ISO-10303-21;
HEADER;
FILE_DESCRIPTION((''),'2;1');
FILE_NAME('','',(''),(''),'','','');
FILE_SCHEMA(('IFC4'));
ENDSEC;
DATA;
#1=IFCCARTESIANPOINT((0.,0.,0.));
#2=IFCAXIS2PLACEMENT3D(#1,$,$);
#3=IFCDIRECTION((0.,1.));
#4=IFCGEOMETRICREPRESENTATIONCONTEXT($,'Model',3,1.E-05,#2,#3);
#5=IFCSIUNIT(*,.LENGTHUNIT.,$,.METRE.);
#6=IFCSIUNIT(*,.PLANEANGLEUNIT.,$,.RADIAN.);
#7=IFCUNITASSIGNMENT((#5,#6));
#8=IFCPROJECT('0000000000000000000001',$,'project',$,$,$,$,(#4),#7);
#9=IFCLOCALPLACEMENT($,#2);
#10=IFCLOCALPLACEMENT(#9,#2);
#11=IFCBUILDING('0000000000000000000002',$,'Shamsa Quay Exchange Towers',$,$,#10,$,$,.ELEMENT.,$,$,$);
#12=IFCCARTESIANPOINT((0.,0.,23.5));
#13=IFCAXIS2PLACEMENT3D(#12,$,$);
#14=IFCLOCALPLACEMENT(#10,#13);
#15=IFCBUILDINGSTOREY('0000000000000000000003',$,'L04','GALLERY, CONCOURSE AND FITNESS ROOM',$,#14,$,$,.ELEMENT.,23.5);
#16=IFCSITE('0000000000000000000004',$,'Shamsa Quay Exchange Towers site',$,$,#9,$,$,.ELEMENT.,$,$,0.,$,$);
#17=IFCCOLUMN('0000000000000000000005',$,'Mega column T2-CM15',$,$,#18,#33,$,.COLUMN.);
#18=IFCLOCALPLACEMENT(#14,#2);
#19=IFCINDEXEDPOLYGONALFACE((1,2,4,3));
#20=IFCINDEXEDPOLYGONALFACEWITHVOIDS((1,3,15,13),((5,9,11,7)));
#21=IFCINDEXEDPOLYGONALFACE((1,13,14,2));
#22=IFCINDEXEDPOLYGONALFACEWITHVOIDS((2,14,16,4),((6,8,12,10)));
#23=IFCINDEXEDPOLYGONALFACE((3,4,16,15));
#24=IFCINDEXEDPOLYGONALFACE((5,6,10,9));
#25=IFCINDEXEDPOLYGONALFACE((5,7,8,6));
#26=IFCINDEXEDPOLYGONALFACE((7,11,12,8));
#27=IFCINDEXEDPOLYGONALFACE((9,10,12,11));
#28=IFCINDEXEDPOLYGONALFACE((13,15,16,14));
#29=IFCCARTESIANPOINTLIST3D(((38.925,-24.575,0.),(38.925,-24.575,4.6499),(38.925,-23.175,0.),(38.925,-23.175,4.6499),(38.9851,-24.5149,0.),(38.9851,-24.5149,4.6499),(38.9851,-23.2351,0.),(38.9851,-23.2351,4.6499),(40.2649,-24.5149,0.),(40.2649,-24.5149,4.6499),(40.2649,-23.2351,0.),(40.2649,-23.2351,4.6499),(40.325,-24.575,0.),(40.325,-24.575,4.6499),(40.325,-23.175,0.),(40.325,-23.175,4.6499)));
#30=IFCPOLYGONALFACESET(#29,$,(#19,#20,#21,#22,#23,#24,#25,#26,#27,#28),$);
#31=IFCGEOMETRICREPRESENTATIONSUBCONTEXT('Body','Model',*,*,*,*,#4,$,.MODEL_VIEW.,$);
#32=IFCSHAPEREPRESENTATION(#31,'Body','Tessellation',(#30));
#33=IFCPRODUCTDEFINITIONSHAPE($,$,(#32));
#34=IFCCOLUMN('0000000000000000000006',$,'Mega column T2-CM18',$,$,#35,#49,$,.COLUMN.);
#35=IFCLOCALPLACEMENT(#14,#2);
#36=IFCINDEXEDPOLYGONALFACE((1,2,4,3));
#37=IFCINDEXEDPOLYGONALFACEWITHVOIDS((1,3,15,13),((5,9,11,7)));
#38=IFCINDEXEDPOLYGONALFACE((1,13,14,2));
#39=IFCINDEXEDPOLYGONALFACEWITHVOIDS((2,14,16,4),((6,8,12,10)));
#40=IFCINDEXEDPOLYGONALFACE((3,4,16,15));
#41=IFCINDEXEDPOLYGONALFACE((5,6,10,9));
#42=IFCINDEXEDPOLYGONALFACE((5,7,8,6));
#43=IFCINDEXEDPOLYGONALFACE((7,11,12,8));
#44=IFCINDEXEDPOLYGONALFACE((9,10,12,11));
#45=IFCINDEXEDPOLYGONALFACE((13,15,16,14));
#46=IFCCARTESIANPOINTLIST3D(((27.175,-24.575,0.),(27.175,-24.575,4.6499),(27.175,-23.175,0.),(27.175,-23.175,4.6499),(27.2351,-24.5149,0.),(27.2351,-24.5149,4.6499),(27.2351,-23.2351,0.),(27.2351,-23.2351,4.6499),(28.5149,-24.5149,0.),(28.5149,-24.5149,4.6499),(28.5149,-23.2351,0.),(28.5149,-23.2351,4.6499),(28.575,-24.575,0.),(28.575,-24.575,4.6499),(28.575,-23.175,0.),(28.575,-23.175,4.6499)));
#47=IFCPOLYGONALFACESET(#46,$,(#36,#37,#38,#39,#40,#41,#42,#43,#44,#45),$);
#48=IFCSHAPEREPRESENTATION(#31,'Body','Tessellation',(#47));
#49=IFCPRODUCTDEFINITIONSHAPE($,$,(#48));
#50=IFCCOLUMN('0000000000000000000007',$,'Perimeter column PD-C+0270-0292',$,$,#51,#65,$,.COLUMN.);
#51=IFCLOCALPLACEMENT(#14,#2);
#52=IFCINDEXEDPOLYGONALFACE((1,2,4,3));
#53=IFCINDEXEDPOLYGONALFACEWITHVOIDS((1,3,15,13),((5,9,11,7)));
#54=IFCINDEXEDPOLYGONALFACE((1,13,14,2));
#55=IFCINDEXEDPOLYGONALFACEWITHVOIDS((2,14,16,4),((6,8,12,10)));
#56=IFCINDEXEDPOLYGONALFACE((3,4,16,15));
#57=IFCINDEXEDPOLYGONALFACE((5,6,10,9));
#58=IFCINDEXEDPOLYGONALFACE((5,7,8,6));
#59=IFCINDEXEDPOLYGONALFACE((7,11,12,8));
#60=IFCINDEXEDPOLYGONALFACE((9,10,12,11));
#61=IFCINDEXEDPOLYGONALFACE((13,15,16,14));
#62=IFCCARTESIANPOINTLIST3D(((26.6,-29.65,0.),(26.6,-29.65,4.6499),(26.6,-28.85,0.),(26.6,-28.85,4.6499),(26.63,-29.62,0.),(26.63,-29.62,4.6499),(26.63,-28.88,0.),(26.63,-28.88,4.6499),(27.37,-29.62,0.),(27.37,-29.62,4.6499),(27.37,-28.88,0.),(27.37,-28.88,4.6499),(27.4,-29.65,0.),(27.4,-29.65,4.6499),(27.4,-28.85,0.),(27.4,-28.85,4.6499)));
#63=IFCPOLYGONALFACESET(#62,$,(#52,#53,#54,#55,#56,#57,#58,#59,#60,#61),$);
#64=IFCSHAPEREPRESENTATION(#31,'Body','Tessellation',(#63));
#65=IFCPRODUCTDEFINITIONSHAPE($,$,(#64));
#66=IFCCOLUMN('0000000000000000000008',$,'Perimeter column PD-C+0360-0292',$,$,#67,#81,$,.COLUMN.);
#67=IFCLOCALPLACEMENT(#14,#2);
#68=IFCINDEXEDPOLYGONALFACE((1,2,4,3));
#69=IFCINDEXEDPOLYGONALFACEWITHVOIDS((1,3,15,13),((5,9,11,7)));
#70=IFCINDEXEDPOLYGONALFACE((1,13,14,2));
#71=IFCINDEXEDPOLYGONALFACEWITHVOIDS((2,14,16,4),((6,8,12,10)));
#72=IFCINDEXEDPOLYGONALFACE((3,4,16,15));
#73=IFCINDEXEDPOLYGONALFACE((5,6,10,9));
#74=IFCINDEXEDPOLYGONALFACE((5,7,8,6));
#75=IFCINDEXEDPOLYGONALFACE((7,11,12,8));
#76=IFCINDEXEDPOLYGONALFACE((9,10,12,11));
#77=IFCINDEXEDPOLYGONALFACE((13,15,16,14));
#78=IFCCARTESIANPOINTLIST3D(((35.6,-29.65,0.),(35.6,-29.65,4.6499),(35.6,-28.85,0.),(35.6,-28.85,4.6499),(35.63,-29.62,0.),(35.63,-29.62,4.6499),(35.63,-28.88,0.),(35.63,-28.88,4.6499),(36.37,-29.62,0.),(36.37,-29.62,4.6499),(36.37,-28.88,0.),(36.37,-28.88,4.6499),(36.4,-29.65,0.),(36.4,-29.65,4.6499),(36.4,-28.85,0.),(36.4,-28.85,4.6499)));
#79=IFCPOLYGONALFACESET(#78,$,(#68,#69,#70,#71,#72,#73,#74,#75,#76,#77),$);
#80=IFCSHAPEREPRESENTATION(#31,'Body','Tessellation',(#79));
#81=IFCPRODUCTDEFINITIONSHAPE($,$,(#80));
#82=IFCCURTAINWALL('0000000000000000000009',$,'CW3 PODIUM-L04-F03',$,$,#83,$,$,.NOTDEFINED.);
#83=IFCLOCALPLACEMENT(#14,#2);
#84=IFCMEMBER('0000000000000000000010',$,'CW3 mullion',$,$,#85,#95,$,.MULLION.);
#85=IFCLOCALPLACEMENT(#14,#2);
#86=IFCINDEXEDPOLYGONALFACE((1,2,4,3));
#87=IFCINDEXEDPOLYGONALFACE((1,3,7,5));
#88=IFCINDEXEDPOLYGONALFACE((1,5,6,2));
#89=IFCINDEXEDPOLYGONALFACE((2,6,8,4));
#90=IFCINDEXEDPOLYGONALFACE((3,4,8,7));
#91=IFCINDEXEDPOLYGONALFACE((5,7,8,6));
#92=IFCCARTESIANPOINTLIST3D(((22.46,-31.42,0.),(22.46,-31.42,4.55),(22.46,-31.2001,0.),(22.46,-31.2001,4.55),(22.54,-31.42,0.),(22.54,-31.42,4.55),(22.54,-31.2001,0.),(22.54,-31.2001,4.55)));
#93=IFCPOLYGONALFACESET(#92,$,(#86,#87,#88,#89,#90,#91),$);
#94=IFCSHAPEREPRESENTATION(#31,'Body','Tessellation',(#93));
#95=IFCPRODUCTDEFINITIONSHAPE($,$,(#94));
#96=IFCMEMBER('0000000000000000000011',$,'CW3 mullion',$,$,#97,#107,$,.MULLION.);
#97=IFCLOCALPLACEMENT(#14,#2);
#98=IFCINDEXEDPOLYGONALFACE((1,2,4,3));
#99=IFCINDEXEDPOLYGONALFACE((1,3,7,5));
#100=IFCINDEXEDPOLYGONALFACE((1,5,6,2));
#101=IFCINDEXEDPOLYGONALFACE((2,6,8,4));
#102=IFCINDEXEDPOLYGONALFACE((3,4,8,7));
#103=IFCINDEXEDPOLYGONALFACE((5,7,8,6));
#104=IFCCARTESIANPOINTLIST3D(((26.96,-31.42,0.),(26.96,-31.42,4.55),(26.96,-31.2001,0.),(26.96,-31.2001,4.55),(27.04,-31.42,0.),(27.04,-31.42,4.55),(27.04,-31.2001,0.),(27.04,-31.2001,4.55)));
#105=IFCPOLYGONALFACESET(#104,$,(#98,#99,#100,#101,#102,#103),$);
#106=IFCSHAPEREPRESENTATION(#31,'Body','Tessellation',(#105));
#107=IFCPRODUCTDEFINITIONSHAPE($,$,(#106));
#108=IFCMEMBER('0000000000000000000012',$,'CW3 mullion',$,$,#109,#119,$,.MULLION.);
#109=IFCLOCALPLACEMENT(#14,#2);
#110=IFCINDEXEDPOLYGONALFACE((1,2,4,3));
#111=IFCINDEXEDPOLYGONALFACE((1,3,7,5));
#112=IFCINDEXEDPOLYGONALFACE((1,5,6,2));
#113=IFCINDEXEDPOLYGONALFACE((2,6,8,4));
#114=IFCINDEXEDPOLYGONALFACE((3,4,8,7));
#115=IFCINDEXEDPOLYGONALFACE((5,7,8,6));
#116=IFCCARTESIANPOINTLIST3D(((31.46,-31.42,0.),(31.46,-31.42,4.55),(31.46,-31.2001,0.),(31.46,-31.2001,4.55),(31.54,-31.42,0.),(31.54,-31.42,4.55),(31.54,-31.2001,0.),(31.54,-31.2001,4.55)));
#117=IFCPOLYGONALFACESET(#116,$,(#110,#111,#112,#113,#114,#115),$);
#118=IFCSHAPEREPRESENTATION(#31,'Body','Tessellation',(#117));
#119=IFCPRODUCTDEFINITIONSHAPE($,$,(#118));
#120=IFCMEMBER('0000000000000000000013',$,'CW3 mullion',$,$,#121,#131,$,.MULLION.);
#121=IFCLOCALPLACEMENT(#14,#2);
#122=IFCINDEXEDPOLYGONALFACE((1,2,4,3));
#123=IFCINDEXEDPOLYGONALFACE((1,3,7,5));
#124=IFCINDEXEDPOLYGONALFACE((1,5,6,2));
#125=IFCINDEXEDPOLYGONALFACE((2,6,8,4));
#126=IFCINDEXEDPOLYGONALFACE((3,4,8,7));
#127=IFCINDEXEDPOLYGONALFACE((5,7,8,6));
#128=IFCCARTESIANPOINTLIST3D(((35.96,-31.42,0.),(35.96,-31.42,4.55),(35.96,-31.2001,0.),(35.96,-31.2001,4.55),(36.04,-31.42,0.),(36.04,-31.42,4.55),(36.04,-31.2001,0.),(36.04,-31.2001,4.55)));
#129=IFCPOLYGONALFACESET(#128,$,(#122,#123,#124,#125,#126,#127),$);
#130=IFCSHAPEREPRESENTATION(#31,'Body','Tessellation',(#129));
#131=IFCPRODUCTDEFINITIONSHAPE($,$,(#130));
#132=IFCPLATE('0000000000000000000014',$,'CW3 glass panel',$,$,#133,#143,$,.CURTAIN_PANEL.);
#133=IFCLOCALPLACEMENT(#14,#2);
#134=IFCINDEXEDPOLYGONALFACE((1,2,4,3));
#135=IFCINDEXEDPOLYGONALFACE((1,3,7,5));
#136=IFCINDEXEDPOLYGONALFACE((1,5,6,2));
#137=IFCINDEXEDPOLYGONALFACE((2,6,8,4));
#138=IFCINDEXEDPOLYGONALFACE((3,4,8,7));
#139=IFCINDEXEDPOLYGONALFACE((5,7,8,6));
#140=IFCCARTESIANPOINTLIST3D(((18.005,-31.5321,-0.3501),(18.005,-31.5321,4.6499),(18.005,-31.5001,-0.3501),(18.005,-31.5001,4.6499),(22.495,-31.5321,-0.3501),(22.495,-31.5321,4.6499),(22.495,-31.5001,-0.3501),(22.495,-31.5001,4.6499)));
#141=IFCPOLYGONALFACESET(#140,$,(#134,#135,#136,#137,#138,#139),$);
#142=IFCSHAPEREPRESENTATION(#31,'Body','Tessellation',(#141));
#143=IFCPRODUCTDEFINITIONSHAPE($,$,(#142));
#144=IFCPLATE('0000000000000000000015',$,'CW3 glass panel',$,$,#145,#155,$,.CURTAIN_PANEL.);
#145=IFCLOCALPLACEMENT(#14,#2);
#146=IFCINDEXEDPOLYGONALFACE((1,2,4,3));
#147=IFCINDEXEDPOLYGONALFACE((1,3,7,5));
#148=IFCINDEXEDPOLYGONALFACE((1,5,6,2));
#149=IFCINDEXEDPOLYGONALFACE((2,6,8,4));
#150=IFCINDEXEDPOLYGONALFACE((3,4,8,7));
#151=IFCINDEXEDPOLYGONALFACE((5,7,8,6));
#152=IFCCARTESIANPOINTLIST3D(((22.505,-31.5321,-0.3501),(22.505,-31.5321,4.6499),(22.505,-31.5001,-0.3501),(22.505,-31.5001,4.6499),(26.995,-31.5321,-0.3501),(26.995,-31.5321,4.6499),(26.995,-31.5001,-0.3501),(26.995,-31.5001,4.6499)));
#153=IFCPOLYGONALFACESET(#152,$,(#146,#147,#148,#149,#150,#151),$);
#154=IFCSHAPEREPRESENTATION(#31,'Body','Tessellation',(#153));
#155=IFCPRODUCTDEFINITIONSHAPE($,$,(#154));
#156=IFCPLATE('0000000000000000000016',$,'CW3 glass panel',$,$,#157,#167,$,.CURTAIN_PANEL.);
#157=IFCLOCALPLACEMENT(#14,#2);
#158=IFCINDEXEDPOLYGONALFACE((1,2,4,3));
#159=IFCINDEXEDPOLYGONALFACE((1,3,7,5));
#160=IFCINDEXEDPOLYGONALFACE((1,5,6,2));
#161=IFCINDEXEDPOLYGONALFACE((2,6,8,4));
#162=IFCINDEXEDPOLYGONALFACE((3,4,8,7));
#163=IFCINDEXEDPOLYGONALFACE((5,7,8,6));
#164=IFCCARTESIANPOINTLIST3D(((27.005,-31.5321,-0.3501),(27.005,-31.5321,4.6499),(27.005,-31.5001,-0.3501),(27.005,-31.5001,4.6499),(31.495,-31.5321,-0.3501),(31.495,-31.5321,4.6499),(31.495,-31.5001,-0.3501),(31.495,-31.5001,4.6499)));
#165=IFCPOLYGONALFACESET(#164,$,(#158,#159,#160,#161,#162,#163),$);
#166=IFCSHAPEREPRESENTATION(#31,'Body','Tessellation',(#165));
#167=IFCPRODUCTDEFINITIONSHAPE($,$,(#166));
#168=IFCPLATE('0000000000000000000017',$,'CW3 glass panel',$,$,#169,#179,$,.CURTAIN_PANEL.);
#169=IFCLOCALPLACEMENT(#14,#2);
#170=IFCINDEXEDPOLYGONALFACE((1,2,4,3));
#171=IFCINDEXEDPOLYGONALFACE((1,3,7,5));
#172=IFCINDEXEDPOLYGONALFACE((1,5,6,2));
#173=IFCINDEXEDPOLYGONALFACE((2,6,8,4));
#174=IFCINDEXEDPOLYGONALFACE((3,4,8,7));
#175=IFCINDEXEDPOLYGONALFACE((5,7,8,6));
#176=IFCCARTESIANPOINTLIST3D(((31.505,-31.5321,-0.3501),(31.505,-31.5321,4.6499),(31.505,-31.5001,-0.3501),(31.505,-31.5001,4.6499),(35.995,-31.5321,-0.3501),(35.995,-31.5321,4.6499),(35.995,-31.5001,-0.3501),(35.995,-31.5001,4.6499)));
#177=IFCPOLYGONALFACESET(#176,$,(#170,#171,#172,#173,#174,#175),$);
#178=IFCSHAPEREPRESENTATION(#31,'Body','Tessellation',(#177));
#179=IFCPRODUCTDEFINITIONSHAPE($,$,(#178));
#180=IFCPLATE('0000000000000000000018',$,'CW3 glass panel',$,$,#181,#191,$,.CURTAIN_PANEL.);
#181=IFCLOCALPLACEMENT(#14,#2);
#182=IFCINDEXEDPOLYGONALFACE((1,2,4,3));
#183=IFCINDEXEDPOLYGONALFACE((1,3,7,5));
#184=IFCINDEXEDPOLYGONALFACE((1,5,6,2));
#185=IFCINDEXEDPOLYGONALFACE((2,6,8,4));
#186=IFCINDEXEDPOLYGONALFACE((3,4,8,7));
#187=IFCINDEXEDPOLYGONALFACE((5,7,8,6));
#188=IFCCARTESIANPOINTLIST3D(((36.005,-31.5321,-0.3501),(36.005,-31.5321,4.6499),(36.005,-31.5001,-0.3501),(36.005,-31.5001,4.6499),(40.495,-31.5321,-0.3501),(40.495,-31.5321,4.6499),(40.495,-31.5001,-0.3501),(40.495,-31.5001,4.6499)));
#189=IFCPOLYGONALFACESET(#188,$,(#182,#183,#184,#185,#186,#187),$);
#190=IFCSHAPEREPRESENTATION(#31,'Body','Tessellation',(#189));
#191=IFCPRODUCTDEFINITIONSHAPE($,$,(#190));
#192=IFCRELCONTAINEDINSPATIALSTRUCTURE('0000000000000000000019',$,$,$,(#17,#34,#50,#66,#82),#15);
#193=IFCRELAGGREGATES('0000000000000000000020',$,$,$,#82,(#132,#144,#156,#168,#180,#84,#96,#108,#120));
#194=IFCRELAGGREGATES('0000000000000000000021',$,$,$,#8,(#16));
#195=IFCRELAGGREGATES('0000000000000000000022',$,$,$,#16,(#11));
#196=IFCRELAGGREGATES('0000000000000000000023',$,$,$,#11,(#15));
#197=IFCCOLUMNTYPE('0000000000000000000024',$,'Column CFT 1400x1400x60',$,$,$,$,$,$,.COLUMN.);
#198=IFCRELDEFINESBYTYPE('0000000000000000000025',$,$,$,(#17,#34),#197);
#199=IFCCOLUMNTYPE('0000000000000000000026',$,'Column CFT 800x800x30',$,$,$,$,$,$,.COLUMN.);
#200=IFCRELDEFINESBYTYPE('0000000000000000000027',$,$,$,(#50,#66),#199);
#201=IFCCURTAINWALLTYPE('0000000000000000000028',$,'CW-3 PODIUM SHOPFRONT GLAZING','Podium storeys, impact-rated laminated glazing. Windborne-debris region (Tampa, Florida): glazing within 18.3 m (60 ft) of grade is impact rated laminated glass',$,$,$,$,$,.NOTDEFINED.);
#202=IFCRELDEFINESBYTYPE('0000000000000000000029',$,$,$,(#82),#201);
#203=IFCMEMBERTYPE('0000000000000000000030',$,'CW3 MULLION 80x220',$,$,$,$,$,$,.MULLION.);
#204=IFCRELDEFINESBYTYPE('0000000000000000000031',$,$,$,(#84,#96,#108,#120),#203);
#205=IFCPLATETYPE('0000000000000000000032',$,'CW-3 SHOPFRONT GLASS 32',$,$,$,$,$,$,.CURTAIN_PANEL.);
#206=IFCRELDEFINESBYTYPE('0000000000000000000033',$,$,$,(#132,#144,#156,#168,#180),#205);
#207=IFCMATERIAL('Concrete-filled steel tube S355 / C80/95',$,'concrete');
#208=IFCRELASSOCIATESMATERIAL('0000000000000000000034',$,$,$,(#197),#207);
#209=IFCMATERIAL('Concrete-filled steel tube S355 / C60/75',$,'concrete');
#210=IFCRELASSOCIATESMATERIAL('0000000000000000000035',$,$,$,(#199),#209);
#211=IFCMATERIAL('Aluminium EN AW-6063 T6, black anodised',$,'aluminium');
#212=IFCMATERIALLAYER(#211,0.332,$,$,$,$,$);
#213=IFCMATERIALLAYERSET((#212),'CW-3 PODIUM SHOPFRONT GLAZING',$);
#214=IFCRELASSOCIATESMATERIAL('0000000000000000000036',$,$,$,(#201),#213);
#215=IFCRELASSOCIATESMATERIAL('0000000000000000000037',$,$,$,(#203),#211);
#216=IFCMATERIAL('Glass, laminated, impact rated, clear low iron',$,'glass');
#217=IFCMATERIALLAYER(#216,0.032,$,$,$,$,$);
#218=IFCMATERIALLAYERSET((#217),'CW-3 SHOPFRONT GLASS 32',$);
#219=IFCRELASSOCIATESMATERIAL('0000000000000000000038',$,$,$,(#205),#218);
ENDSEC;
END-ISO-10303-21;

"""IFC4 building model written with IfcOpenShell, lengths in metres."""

from ifc_helpers import new_model, si_unit, direction, frame, origin, origin_2d, place, context, subcontext, project, spatial, rectangle, hollow_rectangle, extrude, material, layer, layer_set, material_profile, profile_set, type_object, element, aggregate, save


model = new_model("IFC4")

# Units and contexts
model_context = context("Model", 3, precision=1e-05, world=origin(), true_north=direction((0.0, 1.0)))
body_context = subcontext(model_context, "Body", "Model", "MODEL_VIEW")
ifc_project = project(units=[si_unit("LENGTHUNIT", "METRE"), si_unit("PLANEANGLEUNIT", "RADIAN")], contexts=[model_context])

# Site, building, storey
site_placement = place(None, origin())
site = spatial("IfcSite", under=ifc_project, at=site_placement, Name="Shamsa Quay Exchange Towers site", CompositionType="ELEMENT", RefElevation=0.0)
building_placement = place(site_placement, origin())
building = spatial("IfcBuilding", under=site, at=building_placement, Name="Shamsa Quay Exchange Towers", CompositionType="ELEMENT")
storey_placement = place(building_placement, frame((0.0, 0.0, 23.5)))
storey = spatial("IfcBuildingStorey", under=building, at=storey_placement, Name="L04", Description="GALLERY, CONCOURSE AND FITNESS ROOM", CompositionType="ELEMENT", Elevation=23.5)

# Columns
ifc_material_1 = material(Name="Concrete-filled steel tube S355 / C80/95", Category="concrete")
ifc_material_profile_1 = material_profile(ifc_material_1, hollow_rectangle(XDim=1.3999, YDim=1.3999, WallThickness=0.0601, at=origin_2d()), Name="CFT 1400x1400x60")
ifc_profile_set_1 = profile_set([ifc_material_profile_1], Name="Concrete-filled steel tube S355 / C80/95")
column_type_1 = type_object("IfcColumnType", Name="Column CFT 1400x1400x60", PredefinedType="COLUMN", material=ifc_profile_set_1)
for number, where, name in (
    (1, (39.625, -23.875, 0.0), "Mega column T2-CM15"),
    (2, (27.875, -23.875, 0.0), "Mega column T2-CM18"),
):
    element("IfcColumn", number, at=place(storey_placement, frame(where)), inside=storey, type_object=column_type_1, Name=name, PredefinedType="COLUMN", context=body_context, shape_type="SweptSolid", body=[
        extrude(hollow_rectangle(XDim=1.3999, YDim=1.3999, WallThickness=0.0601, at=origin_2d()), origin(), (0.0, 0.0, 1.0), 4.6499),
    ])
ifc_material_2 = material(Name="Concrete-filled steel tube S355 / C60/75", Category="concrete")
ifc_material_profile_2 = material_profile(ifc_material_2, hollow_rectangle(XDim=0.8, YDim=0.8, WallThickness=0.03, at=origin_2d()), Name="CFT 800x800x30")
ifc_profile_set_2 = profile_set([ifc_material_profile_2], Name="Concrete-filled steel tube S355 / C60/75")
column_type_2 = type_object("IfcColumnType", Name="Column CFT 800x800x30", PredefinedType="COLUMN", material=ifc_profile_set_2)
for number, where, name in (
    (3, (27.0, -29.25, 0.0), "Perimeter column PD-C+0270-0292"),
    (4, (36.0, -29.25, 0.0), "Perimeter column PD-C+0360-0292"),
):
    element("IfcColumn", number, at=place(storey_placement, frame(where)), inside=storey, type_object=column_type_2, Name=name, PredefinedType="COLUMN", context=body_context, shape_type="SweptSolid", body=[
        extrude(hollow_rectangle(XDim=0.8, YDim=0.8, WallThickness=0.03, at=origin_2d()), origin(), (0.0, 0.0, 1.0), 4.6499),
    ])

# Curtain wall, members, plates
ifc_material_3 = material(Name="Aluminium EN AW-6063 T6, black anodised", Category="aluminium")
ifc_layer_1 = layer(ifc_material_3, 0.332)
ifc_layer_set_1 = layer_set([ifc_layer_1], Name="CW-3 PODIUM SHOPFRONT GLAZING")
curtain_wall_type = type_object("IfcCurtainWallType", Name="CW-3 PODIUM SHOPFRONT GLAZING", Description="Podium storeys, impact-rated laminated glazing. Windborne-debris region (Tampa, Florida): glazing within 18.3 m (60 ft) of grade is impact rated laminated glass", PredefinedType="NOTDEFINED", material=ifc_layer_set_1)
curtain_wall_placement = place(storey_placement, origin())
curtain_wall = element("IfcCurtainWall", 5, at=curtain_wall_placement, inside=storey, type_object=curtain_wall_type, Name="CW3 PODIUM-L04-F03", PredefinedType="NOTDEFINED")
ifc_material_profile_3 = material_profile(ifc_material_3, rectangle(XDim=0.22, YDim=0.0801, at=origin_2d()), Name="MU80x220")
ifc_profile_set_3 = profile_set([ifc_material_profile_3], Name="Aluminium EN AW-6063 T6, black anodised")
member_type = type_object("IfcMemberType", Name="CW3 MULLION 80x220", PredefinedType="MULLION", material=ifc_profile_set_3)
member_1_placement = place(storey_placement, frame((22.5, -31.3101, 0.0), z_axis=(0.0, 0.0, 1.0), x_axis=(0.0, 1.0, 0.0)))
member_1 = element("IfcMember", 6, at=member_1_placement, type_object=member_type, Name="CW3 mullion", PredefinedType="MULLION", context=body_context, shape_type="SweptSolid", body=[
    extrude(rectangle(XDim=0.22, YDim=0.0801, at=origin_2d()), origin(), (0.0, 0.0, 1.0), 4.55),
])
member_2_placement = place(storey_placement, frame((27.0, -31.3101, 0.0), z_axis=(0.0, 0.0, 1.0), x_axis=(0.0, 1.0, 0.0)))
member_2 = element("IfcMember", 7, at=member_2_placement, type_object=member_type, Name="CW3 mullion", PredefinedType="MULLION", context=body_context, shape_type="SweptSolid", body=[
    extrude(rectangle(XDim=0.22, YDim=0.0801, at=origin_2d()), origin(), (0.0, 0.0, 1.0), 4.55),
])
member_3_placement = place(storey_placement, frame((31.5, -31.3101, 0.0), z_axis=(0.0, 0.0, 1.0), x_axis=(0.0, 1.0, 0.0)))
member_3 = element("IfcMember", 8, at=member_3_placement, type_object=member_type, Name="CW3 mullion", PredefinedType="MULLION", context=body_context, shape_type="SweptSolid", body=[
    extrude(rectangle(XDim=0.22, YDim=0.0801, at=origin_2d()), origin(), (0.0, 0.0, 1.0), 4.55),
])
member_4_placement = place(storey_placement, frame((36.0, -31.3101, 0.0), z_axis=(0.0, 0.0, 1.0), x_axis=(0.0, 1.0, 0.0)))
member_4 = element("IfcMember", 9, at=member_4_placement, type_object=member_type, Name="CW3 mullion", PredefinedType="MULLION", context=body_context, shape_type="SweptSolid", body=[
    extrude(rectangle(XDim=0.22, YDim=0.0801, at=origin_2d()), origin(), (0.0, 0.0, 1.0), 4.55),
])
ifc_material_4 = material(Name="Glass, laminated, impact rated, clear low iron", Category="glass")
ifc_layer_2 = layer(ifc_material_4, 0.032)
ifc_layer_set_2 = layer_set([ifc_layer_2], Name="CW-3 SHOPFRONT GLASS 32")
plate_type = type_object("IfcPlateType", Name="CW-3 SHOPFRONT GLASS 32", PredefinedType="CURTAIN_PANEL", material=ifc_layer_set_2)
plate_1_placement = place(storey_placement, frame((20.25, -31.5161, -0.3501)))
plate_1 = element("IfcPlate", 10, at=plate_1_placement, type_object=plate_type, Name="CW3 glass panel", PredefinedType="CURTAIN_PANEL", context=body_context, shape_type="SweptSolid", body=[
    extrude(rectangle(XDim=4.49, YDim=0.032, at=origin_2d()), origin(), (0.0, 0.0, 1.0), 5.0),
])
plate_2_placement = place(storey_placement, frame((24.75, -31.5161, -0.3501)))
plate_2 = element("IfcPlate", 11, at=plate_2_placement, type_object=plate_type, Name="CW3 glass panel", PredefinedType="CURTAIN_PANEL", context=body_context, shape_type="SweptSolid", body=[
    extrude(rectangle(XDim=4.49, YDim=0.032, at=origin_2d()), origin(), (0.0, 0.0, 1.0), 5.0),
])
plate_3_placement = place(storey_placement, frame((29.25, -31.5161, -0.3501)))
plate_3 = element("IfcPlate", 12, at=plate_3_placement, type_object=plate_type, Name="CW3 glass panel", PredefinedType="CURTAIN_PANEL", context=body_context, shape_type="SweptSolid", body=[
    extrude(rectangle(XDim=4.49, YDim=0.032, at=origin_2d()), origin(), (0.0, 0.0, 1.0), 5.0),
])
plate_4_placement = place(storey_placement, frame((33.75, -31.5161, -0.3501)))
plate_4 = element("IfcPlate", 13, at=plate_4_placement, type_object=plate_type, Name="CW3 glass panel", PredefinedType="CURTAIN_PANEL", context=body_context, shape_type="SweptSolid", body=[
    extrude(rectangle(XDim=4.49, YDim=0.032, at=origin_2d()), origin(), (0.0, 0.0, 1.0), 5.0),
])
plate_5_placement = place(storey_placement, frame((38.25, -31.5161, -0.3501)))
plate_5 = element("IfcPlate", 14, at=plate_5_placement, type_object=plate_type, Name="CW3 glass panel", PredefinedType="CURTAIN_PANEL", context=body_context, shape_type="SweptSolid", body=[
    extrude(rectangle(XDim=4.49, YDim=0.032, at=origin_2d()), origin(), (0.0, 0.0, 1.0), 5.0),
])
aggregate(curtain_wall, [plate_1, plate_2, plate_3, plate_4, plate_5, member_1, member_2, member_3, member_4])

save(model, "model.ifc")
